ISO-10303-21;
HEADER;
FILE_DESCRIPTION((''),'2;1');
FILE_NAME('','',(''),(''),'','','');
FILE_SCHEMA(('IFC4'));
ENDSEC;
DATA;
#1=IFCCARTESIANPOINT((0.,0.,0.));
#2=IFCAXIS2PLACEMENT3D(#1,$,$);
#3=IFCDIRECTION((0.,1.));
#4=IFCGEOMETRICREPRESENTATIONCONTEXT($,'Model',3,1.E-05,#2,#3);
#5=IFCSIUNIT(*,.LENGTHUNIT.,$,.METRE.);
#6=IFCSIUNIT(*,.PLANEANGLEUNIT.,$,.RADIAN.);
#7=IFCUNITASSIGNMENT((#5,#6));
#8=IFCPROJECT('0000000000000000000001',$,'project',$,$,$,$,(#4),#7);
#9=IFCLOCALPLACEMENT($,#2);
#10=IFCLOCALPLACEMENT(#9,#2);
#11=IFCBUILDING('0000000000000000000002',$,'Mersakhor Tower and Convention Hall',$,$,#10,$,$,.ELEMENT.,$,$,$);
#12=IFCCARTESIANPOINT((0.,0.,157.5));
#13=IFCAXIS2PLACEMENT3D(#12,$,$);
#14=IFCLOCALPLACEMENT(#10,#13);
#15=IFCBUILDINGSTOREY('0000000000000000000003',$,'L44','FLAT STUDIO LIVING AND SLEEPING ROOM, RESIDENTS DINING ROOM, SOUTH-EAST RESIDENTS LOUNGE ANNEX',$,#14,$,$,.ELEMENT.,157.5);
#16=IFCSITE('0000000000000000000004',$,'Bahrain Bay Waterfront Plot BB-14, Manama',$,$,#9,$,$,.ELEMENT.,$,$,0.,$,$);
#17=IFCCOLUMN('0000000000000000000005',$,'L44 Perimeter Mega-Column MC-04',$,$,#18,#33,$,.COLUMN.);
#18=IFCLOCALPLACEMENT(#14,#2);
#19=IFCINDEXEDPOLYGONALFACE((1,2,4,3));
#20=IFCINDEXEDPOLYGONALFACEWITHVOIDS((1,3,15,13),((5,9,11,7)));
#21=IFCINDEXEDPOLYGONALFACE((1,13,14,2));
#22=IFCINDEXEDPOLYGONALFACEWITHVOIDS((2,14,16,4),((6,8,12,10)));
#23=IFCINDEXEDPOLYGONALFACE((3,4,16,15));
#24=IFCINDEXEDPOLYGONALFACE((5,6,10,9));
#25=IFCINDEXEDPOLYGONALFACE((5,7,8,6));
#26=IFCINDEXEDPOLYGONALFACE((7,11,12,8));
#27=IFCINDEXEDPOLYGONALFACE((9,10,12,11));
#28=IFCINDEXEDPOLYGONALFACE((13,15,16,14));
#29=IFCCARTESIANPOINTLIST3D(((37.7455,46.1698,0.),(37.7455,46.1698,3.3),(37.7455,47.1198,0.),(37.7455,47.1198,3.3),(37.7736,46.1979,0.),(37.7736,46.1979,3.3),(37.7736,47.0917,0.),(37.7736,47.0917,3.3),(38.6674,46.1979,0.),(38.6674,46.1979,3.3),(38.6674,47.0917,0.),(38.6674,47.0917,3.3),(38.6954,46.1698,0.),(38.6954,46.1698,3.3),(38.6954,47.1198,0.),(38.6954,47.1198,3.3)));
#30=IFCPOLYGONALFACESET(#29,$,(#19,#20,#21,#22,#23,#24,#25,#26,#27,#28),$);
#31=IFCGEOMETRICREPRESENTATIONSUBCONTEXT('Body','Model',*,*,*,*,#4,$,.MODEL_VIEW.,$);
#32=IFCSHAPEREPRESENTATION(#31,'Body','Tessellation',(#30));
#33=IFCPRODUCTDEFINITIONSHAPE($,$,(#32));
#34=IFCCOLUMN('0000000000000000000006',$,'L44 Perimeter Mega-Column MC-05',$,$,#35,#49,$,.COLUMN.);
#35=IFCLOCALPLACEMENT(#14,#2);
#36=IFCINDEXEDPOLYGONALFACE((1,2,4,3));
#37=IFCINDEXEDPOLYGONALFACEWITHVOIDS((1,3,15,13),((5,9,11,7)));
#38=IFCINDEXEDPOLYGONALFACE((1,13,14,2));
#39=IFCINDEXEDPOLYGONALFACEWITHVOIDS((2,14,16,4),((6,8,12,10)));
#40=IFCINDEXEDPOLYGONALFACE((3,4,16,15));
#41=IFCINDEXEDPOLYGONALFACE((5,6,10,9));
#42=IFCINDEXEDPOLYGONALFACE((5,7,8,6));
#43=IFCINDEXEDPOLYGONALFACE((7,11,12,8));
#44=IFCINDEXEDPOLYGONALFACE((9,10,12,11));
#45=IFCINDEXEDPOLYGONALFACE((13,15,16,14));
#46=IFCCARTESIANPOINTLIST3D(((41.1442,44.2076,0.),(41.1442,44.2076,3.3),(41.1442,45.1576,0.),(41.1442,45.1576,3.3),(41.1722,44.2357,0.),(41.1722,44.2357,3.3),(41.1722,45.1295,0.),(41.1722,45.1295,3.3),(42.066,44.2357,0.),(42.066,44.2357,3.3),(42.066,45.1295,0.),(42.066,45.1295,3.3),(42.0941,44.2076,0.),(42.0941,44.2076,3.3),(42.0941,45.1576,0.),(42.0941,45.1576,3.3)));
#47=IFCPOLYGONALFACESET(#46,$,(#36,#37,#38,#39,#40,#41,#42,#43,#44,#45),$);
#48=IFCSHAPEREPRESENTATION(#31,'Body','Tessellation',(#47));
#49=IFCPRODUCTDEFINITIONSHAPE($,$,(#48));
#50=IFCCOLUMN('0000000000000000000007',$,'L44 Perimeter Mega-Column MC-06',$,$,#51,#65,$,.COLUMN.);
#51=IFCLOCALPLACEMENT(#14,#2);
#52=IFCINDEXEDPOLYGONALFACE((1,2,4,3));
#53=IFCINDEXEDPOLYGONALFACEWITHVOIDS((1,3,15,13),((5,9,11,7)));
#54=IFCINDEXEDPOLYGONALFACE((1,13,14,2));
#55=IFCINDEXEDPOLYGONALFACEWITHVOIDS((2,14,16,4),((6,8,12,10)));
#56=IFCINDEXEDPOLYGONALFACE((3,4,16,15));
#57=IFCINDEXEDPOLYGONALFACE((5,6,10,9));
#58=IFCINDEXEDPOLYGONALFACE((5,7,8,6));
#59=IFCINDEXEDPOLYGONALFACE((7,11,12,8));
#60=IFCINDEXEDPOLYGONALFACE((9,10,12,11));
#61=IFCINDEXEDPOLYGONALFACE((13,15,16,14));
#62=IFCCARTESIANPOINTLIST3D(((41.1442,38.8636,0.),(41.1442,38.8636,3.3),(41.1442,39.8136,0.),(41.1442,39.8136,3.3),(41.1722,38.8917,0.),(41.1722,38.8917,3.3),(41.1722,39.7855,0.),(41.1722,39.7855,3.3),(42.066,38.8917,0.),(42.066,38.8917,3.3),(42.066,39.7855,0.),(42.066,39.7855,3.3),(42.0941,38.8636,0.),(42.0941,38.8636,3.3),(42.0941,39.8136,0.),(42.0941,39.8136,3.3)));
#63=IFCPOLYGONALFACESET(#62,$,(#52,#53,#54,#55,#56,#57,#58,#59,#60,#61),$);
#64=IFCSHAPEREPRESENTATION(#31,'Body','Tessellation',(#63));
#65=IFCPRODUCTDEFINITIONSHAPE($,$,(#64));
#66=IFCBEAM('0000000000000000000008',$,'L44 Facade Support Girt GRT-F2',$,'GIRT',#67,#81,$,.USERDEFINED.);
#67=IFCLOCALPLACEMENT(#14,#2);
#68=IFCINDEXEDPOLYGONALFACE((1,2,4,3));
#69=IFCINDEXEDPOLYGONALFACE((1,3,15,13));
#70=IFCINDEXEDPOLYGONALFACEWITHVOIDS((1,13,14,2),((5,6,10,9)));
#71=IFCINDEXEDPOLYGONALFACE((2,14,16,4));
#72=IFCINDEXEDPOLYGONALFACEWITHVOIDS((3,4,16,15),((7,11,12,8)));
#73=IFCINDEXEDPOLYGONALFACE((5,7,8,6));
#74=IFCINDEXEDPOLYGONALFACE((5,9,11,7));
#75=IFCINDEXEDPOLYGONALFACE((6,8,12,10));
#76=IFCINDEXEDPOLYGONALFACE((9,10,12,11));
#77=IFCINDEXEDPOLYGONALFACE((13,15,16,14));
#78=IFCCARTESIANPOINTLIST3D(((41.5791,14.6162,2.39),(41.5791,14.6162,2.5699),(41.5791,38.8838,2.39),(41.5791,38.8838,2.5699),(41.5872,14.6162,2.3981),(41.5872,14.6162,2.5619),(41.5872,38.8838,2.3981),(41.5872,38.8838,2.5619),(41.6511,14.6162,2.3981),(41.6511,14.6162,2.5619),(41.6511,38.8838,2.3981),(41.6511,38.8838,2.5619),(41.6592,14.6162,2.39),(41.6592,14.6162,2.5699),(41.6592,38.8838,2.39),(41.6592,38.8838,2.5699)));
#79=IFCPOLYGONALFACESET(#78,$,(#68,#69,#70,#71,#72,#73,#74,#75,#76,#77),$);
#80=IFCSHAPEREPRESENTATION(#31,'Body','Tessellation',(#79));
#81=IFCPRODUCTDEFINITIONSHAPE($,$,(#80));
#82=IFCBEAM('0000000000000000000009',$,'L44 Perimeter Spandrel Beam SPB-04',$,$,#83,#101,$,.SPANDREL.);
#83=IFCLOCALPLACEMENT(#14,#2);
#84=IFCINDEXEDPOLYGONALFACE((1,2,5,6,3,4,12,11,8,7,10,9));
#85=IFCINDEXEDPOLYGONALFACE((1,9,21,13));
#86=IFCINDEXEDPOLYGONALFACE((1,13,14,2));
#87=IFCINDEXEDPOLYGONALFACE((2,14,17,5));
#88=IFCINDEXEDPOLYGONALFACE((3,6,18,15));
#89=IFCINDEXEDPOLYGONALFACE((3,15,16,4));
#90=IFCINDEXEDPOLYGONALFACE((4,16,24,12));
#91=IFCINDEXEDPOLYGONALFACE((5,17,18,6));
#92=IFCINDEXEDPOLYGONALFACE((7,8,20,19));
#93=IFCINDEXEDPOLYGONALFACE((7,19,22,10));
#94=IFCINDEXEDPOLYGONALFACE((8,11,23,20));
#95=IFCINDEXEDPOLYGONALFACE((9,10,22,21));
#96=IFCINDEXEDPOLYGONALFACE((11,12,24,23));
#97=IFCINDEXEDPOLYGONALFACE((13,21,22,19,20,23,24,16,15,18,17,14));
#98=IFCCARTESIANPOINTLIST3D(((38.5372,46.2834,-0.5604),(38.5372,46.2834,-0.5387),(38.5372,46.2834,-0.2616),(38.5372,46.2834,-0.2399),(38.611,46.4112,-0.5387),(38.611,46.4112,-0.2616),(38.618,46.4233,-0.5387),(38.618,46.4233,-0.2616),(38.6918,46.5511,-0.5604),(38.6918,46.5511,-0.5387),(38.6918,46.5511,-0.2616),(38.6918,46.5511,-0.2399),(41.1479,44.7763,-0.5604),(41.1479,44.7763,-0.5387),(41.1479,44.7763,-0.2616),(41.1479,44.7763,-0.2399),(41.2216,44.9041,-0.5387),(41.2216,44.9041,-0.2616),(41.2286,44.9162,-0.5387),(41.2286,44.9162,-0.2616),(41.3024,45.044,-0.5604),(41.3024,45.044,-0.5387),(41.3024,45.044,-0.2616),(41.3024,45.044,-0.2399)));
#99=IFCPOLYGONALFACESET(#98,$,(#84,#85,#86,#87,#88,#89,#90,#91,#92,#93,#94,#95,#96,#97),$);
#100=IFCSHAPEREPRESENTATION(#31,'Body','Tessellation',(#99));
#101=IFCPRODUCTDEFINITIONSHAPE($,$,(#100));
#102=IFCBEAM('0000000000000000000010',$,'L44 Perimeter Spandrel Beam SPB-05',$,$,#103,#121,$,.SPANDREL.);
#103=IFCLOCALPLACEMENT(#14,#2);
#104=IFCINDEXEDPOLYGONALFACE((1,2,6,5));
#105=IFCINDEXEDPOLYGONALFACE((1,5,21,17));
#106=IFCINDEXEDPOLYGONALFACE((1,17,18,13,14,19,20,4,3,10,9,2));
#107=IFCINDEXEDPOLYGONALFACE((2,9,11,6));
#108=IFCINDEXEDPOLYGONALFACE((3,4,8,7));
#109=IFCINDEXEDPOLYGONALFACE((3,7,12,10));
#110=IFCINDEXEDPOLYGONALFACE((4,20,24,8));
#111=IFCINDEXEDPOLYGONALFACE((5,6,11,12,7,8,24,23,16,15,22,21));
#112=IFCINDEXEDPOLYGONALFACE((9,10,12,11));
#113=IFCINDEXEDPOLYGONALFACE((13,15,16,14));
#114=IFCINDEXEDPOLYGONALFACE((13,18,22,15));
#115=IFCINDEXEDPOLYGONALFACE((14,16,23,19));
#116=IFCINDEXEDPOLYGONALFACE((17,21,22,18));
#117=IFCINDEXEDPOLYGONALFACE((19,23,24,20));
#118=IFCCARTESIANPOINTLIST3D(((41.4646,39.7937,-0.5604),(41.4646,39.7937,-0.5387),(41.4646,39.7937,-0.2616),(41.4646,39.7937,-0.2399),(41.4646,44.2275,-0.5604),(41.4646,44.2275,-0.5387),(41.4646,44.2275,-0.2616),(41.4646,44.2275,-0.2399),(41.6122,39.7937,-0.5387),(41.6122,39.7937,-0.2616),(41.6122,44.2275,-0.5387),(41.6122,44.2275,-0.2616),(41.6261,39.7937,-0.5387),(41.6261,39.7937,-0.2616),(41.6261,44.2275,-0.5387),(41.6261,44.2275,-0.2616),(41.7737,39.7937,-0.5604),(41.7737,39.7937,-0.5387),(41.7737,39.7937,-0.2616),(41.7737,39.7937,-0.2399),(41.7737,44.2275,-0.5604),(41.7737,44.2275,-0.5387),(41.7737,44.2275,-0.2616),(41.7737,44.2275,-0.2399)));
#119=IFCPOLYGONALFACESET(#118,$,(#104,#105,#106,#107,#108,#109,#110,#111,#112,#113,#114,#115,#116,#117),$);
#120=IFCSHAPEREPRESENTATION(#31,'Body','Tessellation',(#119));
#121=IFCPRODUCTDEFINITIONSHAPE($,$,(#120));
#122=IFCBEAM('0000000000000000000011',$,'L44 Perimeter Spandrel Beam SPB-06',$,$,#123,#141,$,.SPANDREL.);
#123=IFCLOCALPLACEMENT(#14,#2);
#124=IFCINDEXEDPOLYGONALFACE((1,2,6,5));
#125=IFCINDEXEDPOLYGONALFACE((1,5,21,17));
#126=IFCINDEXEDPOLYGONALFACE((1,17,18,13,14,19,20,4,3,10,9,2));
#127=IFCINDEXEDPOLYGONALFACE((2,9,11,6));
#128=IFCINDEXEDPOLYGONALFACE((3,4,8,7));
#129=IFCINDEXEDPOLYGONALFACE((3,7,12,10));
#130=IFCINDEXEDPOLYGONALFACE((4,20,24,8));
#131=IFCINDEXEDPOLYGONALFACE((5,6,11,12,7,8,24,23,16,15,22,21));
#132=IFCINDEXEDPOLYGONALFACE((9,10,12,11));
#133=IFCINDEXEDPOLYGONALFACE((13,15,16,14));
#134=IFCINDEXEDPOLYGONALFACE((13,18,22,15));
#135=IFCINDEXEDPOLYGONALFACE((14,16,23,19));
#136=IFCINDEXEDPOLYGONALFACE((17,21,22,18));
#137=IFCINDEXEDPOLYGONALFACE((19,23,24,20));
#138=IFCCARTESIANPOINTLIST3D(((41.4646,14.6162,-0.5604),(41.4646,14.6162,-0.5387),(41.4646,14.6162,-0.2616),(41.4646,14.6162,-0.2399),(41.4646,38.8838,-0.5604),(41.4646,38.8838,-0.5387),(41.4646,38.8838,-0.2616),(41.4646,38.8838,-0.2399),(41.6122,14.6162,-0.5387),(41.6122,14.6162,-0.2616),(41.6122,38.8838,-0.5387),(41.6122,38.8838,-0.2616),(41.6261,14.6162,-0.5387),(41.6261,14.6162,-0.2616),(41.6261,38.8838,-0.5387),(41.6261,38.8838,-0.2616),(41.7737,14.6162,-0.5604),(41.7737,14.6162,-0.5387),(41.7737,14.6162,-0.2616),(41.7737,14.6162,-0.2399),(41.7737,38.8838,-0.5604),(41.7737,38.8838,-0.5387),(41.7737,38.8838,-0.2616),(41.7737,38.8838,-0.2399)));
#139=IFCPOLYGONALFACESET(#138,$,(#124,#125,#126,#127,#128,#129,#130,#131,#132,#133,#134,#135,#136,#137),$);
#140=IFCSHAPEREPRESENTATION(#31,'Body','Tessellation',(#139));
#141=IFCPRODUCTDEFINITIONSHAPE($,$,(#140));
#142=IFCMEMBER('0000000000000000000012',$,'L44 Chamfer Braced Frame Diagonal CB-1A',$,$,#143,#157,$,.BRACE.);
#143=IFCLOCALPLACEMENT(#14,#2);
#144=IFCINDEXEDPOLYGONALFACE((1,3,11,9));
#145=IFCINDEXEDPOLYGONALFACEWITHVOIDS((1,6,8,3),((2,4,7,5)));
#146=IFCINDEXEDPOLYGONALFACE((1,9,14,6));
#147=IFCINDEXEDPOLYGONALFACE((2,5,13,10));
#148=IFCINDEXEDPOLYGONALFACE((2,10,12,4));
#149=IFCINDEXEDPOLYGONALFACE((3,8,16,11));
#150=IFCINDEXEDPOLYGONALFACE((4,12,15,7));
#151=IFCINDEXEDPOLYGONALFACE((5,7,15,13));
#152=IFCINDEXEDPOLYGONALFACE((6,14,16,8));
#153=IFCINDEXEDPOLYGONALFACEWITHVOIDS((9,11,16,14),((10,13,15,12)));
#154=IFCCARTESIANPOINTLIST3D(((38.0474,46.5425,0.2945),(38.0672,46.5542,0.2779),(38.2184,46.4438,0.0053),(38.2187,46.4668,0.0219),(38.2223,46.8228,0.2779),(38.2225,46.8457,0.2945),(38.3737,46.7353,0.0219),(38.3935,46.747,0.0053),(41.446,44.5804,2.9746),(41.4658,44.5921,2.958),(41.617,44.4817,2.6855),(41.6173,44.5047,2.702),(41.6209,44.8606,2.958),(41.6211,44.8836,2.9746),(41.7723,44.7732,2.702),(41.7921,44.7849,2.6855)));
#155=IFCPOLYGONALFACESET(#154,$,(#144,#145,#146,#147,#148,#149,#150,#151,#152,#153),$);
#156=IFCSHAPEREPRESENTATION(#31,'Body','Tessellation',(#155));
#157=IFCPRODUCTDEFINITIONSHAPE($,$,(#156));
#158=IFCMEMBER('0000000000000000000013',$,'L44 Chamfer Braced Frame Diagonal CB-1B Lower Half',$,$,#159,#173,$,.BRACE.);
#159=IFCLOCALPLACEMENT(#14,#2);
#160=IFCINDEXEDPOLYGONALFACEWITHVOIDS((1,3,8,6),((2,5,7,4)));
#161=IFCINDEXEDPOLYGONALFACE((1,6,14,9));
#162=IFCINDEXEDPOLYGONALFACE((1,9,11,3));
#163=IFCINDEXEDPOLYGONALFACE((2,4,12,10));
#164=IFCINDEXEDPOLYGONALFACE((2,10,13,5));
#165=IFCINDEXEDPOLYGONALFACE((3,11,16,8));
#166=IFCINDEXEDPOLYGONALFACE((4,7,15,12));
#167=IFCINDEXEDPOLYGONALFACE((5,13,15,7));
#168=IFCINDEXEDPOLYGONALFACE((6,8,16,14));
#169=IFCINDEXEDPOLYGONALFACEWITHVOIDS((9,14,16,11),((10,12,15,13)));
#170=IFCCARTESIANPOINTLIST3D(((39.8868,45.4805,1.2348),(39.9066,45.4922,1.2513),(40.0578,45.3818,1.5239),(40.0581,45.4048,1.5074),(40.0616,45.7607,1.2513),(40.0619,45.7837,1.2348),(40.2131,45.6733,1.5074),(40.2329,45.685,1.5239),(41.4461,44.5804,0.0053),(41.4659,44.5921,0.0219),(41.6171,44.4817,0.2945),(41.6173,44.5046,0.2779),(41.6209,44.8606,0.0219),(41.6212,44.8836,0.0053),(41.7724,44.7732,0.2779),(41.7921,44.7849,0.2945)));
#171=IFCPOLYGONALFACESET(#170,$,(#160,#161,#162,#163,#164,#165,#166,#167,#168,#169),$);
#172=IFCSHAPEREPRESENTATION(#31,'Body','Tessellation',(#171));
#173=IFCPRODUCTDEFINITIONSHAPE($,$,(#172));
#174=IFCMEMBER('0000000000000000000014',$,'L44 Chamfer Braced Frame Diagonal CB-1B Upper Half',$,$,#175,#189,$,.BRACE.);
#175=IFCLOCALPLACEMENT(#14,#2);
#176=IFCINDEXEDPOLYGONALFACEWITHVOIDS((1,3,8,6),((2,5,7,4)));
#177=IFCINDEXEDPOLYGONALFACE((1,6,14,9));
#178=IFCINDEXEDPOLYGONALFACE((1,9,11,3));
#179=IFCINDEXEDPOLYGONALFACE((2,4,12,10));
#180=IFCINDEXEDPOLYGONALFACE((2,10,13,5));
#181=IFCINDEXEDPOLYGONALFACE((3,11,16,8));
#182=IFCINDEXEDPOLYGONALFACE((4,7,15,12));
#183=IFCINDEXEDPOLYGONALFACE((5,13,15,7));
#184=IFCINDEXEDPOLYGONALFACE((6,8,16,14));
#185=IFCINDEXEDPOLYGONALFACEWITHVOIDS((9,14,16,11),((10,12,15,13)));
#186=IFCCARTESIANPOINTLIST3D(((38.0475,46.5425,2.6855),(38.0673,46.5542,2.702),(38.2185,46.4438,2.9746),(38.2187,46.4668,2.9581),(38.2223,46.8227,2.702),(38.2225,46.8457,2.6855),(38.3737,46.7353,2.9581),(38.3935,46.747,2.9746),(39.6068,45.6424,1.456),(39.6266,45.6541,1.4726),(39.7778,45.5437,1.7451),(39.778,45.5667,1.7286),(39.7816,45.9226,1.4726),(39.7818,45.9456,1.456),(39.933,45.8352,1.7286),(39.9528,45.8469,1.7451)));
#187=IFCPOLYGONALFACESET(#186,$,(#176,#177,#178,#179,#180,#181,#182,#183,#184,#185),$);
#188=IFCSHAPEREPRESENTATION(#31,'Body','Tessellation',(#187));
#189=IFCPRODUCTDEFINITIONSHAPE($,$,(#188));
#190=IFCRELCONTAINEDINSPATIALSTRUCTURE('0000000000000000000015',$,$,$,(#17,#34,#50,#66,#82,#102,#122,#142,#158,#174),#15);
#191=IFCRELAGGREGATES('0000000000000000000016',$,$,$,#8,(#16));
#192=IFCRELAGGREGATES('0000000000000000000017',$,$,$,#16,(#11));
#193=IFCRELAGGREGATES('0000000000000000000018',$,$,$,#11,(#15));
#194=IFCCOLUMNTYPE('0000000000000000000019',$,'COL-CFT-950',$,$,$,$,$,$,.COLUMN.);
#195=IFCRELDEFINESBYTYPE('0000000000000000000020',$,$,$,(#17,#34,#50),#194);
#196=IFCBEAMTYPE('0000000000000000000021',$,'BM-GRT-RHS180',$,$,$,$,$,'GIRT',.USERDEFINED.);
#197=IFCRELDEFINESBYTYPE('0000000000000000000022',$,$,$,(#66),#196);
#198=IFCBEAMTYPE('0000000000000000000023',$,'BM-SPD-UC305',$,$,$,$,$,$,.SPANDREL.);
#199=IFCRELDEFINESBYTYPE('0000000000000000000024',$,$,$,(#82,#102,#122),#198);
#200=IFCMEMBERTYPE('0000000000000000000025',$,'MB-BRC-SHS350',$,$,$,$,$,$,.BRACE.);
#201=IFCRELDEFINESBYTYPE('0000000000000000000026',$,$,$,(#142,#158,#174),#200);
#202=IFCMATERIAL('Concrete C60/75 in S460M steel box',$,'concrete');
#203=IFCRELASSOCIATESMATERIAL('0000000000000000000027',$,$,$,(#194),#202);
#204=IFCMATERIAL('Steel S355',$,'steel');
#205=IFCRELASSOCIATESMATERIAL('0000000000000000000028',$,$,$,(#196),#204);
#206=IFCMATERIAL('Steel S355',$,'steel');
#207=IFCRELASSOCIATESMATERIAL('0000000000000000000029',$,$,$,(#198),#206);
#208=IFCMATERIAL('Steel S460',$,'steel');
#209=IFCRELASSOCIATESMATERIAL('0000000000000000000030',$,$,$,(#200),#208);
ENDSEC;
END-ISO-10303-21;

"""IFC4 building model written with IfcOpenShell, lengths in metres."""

from ifc_helpers import new_model, si_unit, direction, frame, origin, origin_2d, place, context, subcontext, project, spatial, hollow_rectangle, i_section, extrude, material, material_profile, profile_set, type_object, element, save


model = new_model("IFC4")

# Units and contexts
model_context = context("Model", 3, precision=1e-05, world=origin(), true_north=direction((0.0, 1.0)))
body_context = subcontext(model_context, "Body", "Model", "MODEL_VIEW")
ifc_project = project(units=[si_unit("LENGTHUNIT", "METRE"), si_unit("PLANEANGLEUNIT", "RADIAN")], contexts=[model_context])

# Site, building, storey
site_placement = place(None, origin())
site = spatial("IfcSite", under=ifc_project, at=site_placement, Name="Bahrain Bay Waterfront Plot BB-14, Manama", CompositionType="ELEMENT", RefElevation=0.0)
building_placement = place(site_placement, origin())
building = spatial("IfcBuilding", under=site, at=building_placement, Name="Mersakhor Tower and Convention Hall", CompositionType="ELEMENT")
storey_placement = place(building_placement, frame((0.0, 0.0, 157.5)))
storey = spatial("IfcBuildingStorey", under=building, at=storey_placement, Name="L44", Description="FLAT STUDIO LIVING AND SLEEPING ROOM, RESIDENTS DINING ROOM, SOUTH-EAST RESIDENTS LOUNGE ANNEX", CompositionType="ELEMENT", Elevation=157.5)

# Columns
ifc_material_1 = material(Name="Concrete C60/75 in S460M steel box", Category="concrete")
ifc_material_profile_1 = material_profile(ifc_material_1, hollow_rectangle(XDim=0.95, YDim=0.95, WallThickness=0.0281, at=origin_2d()), Name="SHS 950x950x28")
ifc_profile_set_1 = profile_set([ifc_material_profile_1], Name="Concrete C60/75 in S460M steel box")
column_type = type_object("IfcColumnType", Name="COL-CFT-950", PredefinedType="COLUMN", material=ifc_profile_set_1)
for number, where, z_axis, x_axis, name in (
    (1, (38.2205, 46.6448, 0.0), (0.0, 0.0, 1.0), (1.0, 0.0, 0.0), "L44 Perimeter Mega-Column MC-04"),
    (2, (41.6191, 44.6826, 0.0), (0.0, 0.0, 1.0), (1.0, 0.0, 0.0), "L44 Perimeter Mega-Column MC-05"),
    (3, (41.6191, 39.3386, 0.0), (0.0, 0.0, 1.0), (1.0, 0.0, 0.0), "L44 Perimeter Mega-Column MC-06"),
):
    element("IfcColumn", number, at=place(storey_placement, frame(where, z_axis=z_axis, x_axis=x_axis)), inside=storey, type_object=column_type, Name=name, PredefinedType="COLUMN", context=body_context, shape_type="SweptSolid", body=[
        extrude(hollow_rectangle(XDim=0.95, YDim=0.95, WallThickness=0.0281, at=origin_2d()), origin(), (0.0, 0.0, 1.0), 3.3),
    ])

# Beams
ifc_material_2 = material(Name="Steel S355", Category="steel")
ifc_material_profile_2 = material_profile(ifc_material_2, hollow_rectangle(XDim=0.0801, YDim=0.1799, WallThickness=0.0081, at=origin_2d()), Name="RHS 180x80x8")
ifc_profile_set_2 = profile_set([ifc_material_profile_2], Name="Steel S355")
beam_type_1 = type_object("IfcBeamType", Name="BM-GRT-RHS180", ElementType="GIRT", PredefinedType="USERDEFINED", material=ifc_profile_set_2)
beam_1_placement = place(storey_placement, frame((41.6191, 38.8838, 2.48), z_axis=(0.0, -1.0, 0.0), x_axis=(1.0, 0.0, 0.0)))
element("IfcBeam", 4, at=beam_1_placement, inside=storey, type_object=beam_type_1, Name="L44 Facade Support Girt GRT-F2", ObjectType="GIRT", PredefinedType="USERDEFINED", context=body_context, shape_type="SweptSolid", body=[
    extrude(hollow_rectangle(XDim=0.0801, YDim=0.1799, WallThickness=0.0081, at=origin_2d()), origin(), (0.0, 0.0, 1.0), 24.2676),
])
ifc_material_3 = material(Name="Steel S355", Category="steel")
ifc_material_profile_3 = material_profile(ifc_material_3, i_section(OverallWidth=0.3091, OverallDepth=0.3206, WebThickness=0.0139, FlangeThickness=0.0217, at=origin_2d()), Name="UC 305x305x137")
ifc_profile_set_3 = profile_set([ifc_material_profile_3], Name="Steel S355")
beam_type_2 = type_object("IfcBeamType", Name="BM-SPD-UC305", PredefinedType="SPANDREL", material=ifc_profile_set_3)
beam_2_placement = place(storey_placement, frame((38.6145, 46.4172, -0.4001), z_axis=(0.866047, -0.499963, 0.0), x_axis=(0.499963, 0.866047, 0.0)))
element("IfcBeam", 5, at=beam_2_placement, inside=storey, type_object=beam_type_2, Name="L44 Perimeter Spandrel Beam SPB-04", PredefinedType="SPANDREL", context=body_context, shape_type="SweptSolid", body=[
    extrude(i_section(OverallWidth=0.3091, OverallDepth=0.3206, WebThickness=0.0139, FlangeThickness=0.0217, at=origin_2d()), origin(), (0.0, 0.0, 1.0), 3.0144),
])
beam_3_placement = place(storey_placement, frame((41.6191, 44.2275, -0.4001), z_axis=(0.0, -1.0, 0.0), x_axis=(1.0, 0.0, 0.0)))
element("IfcBeam", 6, at=beam_3_placement, inside=storey, type_object=beam_type_2, Name="L44 Perimeter Spandrel Beam SPB-05", PredefinedType="SPANDREL", context=body_context, shape_type="SweptSolid", body=[
    extrude(i_section(OverallWidth=0.3091, OverallDepth=0.3206, WebThickness=0.0139, FlangeThickness=0.0217, at=origin_2d()), origin(), (0.0, 0.0, 1.0), 4.4338),
])
beam_4_placement = place(storey_placement, frame((41.6191, 38.8838, -0.4001), z_axis=(0.0, -1.0, 0.0), x_axis=(1.0, 0.0, 0.0)))
element("IfcBeam", 7, at=beam_4_placement, inside=storey, type_object=beam_type_2, Name="L44 Perimeter Spandrel Beam SPB-06", PredefinedType="SPANDREL", context=body_context, shape_type="SweptSolid", body=[
    extrude(i_section(OverallWidth=0.3091, OverallDepth=0.3206, WebThickness=0.0139, FlangeThickness=0.0217, at=origin_2d()), origin(), (0.0, 0.0, 1.0), 24.2676),
])

# Members
ifc_material_4 = material(Name="Steel S460", Category="steel")
ifc_material_profile_4 = material_profile(ifc_material_4, hollow_rectangle(XDim=0.3501, YDim=0.3501, WallThickness=0.02, at=origin_2d()), Name="SHS 350x350x20")
ifc_profile_set_4 = profile_set([ifc_material_profile_4], Name="Steel S460")
member_type = type_object("IfcMemberType", Name="MB-BRC-SHS350", PredefinedType="BRACE", material=ifc_profile_set_4)
member_placement = place(storey_placement, frame((38.2205, 46.6448, 0.1499), z_axis=(0.715164, -0.412885, 0.563973), x_axis=(0.499986, 0.866033, 0.0)))
element("IfcMember", 8, at=member_placement, inside=storey, type_object=member_type, Name="L44 Chamfer Braced Frame Diagonal CB-1A", PredefinedType="BRACE", context=body_context, shape_type="SweptSolid", body=[
    extrude(hollow_rectangle(XDim=0.3501, YDim=0.3501, WallThickness=0.02, at=origin_2d()), origin(), (0.0, 0.0, 1.0), 4.7522),
])
for number, where, z_axis, x_axis, name in (
    (9, (41.6191, 44.6826, 0.1499), (-0.715211, 0.412867, 0.563927), (-0.499945, -0.866057, 0.0), "L44 Chamfer Braced Frame Diagonal CB-1B Lower Half"),
    (10, (39.7798, 45.7446, 1.6006), (-0.715211, 0.412867, 0.563927), (-0.499945, -0.866057, 0.0), "L44 Chamfer Braced Frame Diagonal CB-1B Upper Half"),
):
    element("IfcMember", number, at=place(storey_placement, frame(where, z_axis=z_axis, x_axis=x_axis)), inside=storey, type_object=member_type, Name=name, PredefinedType="BRACE", context=body_context, shape_type="SweptSolid", body=[
        extrude(hollow_rectangle(XDim=0.3501, YDim=0.3501, WallThickness=0.02, at=origin_2d()), origin(), (0.0, 0.0, 1.0), 2.1802),
    ])

save(model, "model.ifc")
